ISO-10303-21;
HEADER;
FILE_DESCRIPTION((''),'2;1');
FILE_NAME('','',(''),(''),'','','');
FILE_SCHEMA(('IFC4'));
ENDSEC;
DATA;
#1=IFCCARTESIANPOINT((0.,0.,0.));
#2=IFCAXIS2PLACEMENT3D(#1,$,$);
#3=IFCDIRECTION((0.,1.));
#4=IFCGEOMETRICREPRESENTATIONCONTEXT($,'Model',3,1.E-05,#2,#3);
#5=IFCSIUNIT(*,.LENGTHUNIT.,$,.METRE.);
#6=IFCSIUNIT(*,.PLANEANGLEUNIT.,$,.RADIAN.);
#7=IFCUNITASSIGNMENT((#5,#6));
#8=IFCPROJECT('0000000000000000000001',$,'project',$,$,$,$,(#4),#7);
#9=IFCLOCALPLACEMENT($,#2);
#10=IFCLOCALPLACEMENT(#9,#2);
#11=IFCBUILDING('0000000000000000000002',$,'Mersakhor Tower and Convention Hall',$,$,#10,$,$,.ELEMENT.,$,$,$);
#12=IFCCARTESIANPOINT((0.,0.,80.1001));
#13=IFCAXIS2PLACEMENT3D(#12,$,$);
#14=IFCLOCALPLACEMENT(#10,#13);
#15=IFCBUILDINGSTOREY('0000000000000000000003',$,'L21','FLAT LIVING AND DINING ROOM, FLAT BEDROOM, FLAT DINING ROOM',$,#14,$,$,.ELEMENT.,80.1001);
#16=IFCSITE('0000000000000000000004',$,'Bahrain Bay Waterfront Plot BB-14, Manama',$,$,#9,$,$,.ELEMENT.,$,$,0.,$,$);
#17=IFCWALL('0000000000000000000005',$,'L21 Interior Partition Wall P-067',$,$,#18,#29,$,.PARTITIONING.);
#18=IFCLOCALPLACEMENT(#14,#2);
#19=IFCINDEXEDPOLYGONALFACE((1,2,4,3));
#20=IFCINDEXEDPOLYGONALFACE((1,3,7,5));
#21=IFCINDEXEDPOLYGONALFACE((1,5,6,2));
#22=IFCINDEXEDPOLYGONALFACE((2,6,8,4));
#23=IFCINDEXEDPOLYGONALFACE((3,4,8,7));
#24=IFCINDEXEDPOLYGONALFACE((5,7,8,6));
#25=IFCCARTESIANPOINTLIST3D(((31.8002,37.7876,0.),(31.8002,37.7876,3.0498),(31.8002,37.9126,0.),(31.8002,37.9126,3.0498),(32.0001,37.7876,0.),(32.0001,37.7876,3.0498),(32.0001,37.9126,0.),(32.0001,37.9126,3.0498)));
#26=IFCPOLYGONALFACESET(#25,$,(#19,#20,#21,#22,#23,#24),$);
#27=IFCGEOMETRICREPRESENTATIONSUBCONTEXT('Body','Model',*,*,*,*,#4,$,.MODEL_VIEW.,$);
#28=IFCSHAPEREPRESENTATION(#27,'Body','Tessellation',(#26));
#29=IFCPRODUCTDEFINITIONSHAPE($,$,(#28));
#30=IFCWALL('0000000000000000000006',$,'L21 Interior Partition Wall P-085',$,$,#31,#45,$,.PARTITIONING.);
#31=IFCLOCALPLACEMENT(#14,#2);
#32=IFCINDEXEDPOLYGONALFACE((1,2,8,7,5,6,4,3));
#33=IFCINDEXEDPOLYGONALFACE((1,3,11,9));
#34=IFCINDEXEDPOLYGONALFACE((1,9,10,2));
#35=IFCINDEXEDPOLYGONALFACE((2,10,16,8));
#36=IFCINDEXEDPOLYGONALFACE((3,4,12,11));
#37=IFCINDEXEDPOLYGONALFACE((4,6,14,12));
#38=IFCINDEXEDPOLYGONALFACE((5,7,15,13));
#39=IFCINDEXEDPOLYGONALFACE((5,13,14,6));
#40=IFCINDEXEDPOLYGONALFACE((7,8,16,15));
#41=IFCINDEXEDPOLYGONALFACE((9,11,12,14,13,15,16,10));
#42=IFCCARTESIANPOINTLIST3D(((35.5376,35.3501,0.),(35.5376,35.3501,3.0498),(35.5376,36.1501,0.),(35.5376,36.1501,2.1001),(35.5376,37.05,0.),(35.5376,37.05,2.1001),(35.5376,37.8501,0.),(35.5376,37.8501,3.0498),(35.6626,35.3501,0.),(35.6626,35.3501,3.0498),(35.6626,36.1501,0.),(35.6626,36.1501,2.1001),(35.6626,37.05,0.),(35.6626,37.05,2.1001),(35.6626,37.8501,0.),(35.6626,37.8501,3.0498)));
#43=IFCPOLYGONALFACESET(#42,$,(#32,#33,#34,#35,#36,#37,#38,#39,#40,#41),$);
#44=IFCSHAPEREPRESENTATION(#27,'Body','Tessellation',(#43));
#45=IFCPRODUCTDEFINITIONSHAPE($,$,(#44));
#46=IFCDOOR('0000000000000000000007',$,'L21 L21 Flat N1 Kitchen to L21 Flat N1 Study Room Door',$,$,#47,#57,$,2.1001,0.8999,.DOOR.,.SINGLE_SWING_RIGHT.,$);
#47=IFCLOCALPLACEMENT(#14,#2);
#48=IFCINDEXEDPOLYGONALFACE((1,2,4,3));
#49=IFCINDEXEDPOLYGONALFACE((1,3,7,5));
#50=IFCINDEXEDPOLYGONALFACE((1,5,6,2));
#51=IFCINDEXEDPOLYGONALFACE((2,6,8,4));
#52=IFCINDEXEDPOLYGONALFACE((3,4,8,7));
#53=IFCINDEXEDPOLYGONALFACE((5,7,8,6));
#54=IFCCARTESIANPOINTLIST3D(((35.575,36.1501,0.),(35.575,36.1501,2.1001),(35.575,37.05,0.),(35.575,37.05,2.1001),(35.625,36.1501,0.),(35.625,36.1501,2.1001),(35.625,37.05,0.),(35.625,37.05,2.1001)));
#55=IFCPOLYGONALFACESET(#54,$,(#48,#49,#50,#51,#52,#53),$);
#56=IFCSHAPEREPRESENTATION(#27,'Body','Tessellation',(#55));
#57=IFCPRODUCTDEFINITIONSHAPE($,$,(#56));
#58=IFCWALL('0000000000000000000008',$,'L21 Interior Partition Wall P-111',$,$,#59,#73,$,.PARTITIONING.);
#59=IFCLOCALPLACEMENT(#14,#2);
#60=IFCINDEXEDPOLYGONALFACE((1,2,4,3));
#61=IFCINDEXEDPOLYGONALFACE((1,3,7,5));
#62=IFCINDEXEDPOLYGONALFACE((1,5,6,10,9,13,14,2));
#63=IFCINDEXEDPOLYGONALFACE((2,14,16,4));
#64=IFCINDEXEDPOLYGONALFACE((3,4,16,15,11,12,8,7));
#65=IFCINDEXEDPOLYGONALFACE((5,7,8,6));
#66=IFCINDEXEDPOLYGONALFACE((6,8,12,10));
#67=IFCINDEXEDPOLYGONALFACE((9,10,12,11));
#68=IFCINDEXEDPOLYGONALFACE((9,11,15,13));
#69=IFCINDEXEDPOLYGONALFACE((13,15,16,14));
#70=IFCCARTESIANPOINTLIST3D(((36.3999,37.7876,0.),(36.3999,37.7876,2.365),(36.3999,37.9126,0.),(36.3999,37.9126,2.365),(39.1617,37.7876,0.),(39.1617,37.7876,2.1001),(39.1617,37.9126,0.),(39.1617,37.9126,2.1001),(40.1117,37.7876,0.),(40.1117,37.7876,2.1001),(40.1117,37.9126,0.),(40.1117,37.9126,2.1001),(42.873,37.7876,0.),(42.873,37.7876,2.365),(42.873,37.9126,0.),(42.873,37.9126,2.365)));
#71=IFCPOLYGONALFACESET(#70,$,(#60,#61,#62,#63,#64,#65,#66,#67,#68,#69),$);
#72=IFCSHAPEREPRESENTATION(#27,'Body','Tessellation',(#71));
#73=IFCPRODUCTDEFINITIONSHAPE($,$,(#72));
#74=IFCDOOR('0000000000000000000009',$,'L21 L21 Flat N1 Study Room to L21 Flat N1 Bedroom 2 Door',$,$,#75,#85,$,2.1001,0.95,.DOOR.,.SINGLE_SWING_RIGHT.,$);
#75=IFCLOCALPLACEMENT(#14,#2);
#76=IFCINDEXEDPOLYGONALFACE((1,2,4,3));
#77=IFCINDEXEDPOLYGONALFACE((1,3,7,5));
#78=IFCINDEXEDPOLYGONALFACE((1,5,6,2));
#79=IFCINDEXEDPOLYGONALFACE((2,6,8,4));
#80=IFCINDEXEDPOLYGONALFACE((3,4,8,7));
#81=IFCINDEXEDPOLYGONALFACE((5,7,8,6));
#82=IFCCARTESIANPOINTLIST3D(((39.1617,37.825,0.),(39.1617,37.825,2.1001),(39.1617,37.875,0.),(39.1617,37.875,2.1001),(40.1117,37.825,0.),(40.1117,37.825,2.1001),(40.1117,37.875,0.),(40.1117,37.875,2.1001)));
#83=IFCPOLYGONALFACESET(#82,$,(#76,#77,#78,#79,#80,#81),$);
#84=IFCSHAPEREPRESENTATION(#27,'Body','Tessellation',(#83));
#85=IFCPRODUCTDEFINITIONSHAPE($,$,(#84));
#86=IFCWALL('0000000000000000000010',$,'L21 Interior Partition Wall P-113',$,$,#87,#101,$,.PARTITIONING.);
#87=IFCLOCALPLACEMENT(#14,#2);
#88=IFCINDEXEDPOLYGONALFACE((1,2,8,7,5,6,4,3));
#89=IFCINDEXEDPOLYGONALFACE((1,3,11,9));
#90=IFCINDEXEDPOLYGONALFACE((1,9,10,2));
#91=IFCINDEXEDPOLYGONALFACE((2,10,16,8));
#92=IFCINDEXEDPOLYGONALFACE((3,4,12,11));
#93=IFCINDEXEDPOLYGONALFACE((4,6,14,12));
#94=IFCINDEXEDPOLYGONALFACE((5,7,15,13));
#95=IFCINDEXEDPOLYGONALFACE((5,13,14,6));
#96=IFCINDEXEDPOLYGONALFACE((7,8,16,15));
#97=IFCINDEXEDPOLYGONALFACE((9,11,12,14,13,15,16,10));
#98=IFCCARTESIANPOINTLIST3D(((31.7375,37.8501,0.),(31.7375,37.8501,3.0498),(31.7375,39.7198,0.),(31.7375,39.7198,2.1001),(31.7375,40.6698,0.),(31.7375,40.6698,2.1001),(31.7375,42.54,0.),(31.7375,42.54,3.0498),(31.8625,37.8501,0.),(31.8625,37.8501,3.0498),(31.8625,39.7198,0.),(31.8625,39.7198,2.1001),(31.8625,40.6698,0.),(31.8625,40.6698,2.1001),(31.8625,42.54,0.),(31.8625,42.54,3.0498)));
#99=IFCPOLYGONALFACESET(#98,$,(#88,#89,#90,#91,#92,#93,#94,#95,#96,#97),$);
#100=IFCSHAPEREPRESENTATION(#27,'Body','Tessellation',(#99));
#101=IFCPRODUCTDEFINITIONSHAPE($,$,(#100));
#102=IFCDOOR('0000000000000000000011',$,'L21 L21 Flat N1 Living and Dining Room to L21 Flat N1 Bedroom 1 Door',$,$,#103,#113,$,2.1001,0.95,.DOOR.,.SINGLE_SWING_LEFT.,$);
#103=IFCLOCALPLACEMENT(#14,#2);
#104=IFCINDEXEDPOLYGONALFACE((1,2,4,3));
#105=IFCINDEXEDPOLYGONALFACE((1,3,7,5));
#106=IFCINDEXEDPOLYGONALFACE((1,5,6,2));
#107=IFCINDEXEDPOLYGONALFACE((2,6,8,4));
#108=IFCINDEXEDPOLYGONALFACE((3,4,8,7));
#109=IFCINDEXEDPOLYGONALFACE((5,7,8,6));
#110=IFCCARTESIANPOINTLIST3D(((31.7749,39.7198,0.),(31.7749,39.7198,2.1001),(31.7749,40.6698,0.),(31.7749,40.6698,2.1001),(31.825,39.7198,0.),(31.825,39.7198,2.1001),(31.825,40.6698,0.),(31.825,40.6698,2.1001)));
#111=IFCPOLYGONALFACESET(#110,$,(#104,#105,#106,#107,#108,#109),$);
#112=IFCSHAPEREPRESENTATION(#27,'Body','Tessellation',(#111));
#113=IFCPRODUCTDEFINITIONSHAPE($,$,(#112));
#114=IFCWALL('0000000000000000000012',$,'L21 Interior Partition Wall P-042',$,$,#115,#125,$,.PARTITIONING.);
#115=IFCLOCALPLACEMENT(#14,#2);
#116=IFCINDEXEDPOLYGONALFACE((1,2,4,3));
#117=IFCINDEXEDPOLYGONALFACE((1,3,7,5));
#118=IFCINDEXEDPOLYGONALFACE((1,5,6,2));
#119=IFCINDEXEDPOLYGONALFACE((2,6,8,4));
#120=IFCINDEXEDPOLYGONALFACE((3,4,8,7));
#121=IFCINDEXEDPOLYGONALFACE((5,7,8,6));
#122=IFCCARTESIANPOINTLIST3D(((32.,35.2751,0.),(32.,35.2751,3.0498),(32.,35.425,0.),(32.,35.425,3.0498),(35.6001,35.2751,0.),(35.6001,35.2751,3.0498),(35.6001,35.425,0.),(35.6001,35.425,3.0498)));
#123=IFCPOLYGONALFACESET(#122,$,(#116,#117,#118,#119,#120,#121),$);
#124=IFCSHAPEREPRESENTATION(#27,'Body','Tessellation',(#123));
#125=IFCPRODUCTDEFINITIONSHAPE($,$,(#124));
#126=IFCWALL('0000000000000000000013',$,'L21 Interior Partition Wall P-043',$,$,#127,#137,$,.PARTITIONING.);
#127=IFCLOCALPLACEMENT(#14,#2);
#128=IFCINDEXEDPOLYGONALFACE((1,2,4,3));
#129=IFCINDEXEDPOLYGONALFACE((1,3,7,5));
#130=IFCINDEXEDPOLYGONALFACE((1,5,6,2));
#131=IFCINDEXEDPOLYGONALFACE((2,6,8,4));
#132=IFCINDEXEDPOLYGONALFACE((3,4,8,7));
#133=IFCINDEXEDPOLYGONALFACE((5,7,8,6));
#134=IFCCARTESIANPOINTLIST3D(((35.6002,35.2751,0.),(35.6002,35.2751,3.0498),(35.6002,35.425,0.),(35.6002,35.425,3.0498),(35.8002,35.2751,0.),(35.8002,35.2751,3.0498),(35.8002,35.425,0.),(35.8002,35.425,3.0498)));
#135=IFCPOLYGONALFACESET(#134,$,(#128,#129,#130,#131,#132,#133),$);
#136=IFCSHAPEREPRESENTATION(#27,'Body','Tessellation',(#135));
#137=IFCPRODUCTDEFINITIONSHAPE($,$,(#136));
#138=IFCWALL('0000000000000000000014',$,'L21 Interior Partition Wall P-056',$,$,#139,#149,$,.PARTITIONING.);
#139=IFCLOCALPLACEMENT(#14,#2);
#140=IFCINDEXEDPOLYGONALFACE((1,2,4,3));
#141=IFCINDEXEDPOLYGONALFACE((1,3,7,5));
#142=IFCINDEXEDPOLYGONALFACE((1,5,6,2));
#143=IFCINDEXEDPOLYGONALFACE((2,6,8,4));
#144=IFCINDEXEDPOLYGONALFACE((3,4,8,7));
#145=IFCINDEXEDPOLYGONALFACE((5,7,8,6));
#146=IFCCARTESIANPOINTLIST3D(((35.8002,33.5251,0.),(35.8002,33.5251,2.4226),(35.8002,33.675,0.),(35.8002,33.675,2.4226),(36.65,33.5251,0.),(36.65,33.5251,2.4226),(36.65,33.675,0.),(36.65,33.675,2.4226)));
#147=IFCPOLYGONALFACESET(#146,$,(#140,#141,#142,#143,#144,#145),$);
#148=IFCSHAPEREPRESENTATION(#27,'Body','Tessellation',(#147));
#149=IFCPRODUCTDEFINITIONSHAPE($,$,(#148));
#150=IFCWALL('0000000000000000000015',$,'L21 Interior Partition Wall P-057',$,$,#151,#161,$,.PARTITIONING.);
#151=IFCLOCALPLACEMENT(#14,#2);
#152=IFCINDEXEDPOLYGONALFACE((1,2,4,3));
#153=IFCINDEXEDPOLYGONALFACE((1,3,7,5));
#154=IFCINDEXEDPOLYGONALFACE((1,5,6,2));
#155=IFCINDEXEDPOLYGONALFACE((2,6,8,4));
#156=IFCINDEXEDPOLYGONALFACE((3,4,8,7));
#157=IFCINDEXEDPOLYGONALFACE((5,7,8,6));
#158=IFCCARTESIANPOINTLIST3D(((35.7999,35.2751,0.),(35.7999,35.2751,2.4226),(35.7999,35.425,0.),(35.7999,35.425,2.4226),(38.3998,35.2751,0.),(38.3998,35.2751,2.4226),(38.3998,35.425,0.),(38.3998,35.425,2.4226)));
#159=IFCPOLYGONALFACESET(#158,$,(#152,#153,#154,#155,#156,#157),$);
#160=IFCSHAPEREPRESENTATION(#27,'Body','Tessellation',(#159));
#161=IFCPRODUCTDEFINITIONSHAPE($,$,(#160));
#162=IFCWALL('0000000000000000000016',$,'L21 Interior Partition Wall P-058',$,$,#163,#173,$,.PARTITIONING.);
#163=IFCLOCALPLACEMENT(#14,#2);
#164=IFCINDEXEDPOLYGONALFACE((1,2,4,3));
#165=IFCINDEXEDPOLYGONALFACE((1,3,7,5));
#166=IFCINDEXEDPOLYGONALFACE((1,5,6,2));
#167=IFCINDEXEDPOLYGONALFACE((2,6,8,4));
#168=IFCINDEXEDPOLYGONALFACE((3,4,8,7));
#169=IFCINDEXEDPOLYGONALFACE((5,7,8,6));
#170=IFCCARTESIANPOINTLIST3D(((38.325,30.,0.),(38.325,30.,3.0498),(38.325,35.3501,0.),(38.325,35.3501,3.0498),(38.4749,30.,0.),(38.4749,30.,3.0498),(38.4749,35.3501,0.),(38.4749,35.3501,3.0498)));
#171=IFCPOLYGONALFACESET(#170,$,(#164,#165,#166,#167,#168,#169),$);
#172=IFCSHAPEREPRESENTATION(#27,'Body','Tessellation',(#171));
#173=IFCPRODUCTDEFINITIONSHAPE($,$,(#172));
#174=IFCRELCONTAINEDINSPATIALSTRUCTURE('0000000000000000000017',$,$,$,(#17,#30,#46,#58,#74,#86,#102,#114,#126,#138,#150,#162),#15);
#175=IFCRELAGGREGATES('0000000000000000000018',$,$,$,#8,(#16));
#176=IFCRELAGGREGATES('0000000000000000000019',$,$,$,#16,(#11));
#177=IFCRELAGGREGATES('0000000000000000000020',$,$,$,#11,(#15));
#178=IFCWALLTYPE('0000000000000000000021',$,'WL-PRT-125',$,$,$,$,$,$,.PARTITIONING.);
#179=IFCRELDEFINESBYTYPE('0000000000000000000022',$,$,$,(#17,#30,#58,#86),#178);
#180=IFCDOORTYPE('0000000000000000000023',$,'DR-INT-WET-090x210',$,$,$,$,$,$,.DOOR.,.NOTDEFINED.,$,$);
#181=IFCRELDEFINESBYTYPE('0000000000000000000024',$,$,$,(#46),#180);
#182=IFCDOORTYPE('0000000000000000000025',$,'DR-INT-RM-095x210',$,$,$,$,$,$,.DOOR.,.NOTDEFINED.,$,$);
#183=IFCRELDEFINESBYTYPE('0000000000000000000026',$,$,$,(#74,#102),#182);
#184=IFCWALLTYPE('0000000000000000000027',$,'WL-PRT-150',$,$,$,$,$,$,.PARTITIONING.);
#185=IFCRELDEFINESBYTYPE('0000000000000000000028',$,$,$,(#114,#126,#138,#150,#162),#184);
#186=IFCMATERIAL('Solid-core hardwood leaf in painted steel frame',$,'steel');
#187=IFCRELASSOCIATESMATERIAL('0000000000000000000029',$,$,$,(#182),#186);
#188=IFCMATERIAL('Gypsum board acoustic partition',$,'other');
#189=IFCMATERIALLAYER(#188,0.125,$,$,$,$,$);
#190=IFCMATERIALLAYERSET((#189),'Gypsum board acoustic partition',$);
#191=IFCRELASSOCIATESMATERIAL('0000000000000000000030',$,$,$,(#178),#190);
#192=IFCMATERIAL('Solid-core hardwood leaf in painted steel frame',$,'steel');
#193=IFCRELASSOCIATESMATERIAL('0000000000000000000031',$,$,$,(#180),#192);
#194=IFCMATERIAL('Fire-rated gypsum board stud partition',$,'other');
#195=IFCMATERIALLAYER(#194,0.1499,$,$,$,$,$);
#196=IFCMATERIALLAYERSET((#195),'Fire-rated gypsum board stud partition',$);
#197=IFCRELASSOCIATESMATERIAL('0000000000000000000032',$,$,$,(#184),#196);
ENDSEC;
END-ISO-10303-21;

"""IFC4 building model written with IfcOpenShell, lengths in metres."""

from ifc_helpers import new_model, si_unit, direction, frame, frame_2d, origin, place, context, subcontext, project, spatial, rectangle, extrude, material, layer, layer_set, type_object, element, fill, save


model = new_model("IFC4")

# Units and contexts
model_context = context("Model", 3, precision=1e-05, world=origin(), true_north=direction((0.0, 1.0)))
body_context = subcontext(model_context, "Body", "Model", "MODEL_VIEW")
ifc_project = project(units=[si_unit("LENGTHUNIT", "METRE"), si_unit("PLANEANGLEUNIT", "RADIAN")], contexts=[model_context])

# Site, building, storey
site_placement = place(None, origin())
site = spatial("IfcSite", under=ifc_project, at=site_placement, Name="Bahrain Bay Waterfront Plot BB-14, Manama", CompositionType="ELEMENT", RefElevation=0.0)
building_placement = place(site_placement, origin())
building = spatial("IfcBuilding", under=site, at=building_placement, Name="Mersakhor Tower and Convention Hall", CompositionType="ELEMENT")
storey_placement = place(building_placement, frame((0.0, 0.0, 80.1001)))
storey = spatial("IfcBuildingStorey", under=building, at=storey_placement, Name="L21", Description="FLAT LIVING AND DINING ROOM, FLAT BEDROOM, FLAT DINING ROOM", CompositionType="ELEMENT", Elevation=80.1001)

# Shared definitions
ifc_material_1 = material(Name="Solid-core hardwood leaf in painted steel frame", Category="steel")
door_type_1 = type_object("IfcDoorType", Name="DR-INT-RM-095x210", OperationType="NOTDEFINED", PredefinedType="DOOR", material=ifc_material_1)

# Wall
ifc_material_2 = material(Name="Gypsum board acoustic partition", Category="other")
ifc_layer_1 = layer(ifc_material_2, 0.125)
ifc_layer_set_1 = layer_set([ifc_layer_1], Name="Gypsum board acoustic partition")
wall_type_1 = type_object("IfcWallType", Name="WL-PRT-125", PredefinedType="PARTITIONING", material=ifc_layer_set_1)
wall_1_placement = place(storey_placement, frame((31.8, 37.8501, 0.0), z_axis=(0.0, 0.0, 1.0), x_axis=(1.0, 0.0, 0.0)))
element("IfcWall", 1, at=wall_1_placement, inside=storey, type_object=wall_type_1, Name="L21 Interior Partition Wall P-067", PredefinedType="PARTITIONING", context=body_context, shape_type="SweptSolid", body=[
    extrude(rectangle(XDim=0.2, YDim=0.125, at=frame_2d((0.1001, 0.0))), origin(), (0.0, 0.0, 1.0), 3.0498),
])

# Walls, openings, doors
wall_2_placement = place(storey_placement, frame((35.6001, 37.8501, 0.0), z_axis=(0.0, 0.0, 1.0), x_axis=(0.0, -1.0, 0.0)))
wall_2 = element("IfcWall", 2, at=wall_2_placement, inside=storey, type_object=wall_type_1, Name="L21 Interior Partition Wall P-085", PredefinedType="PARTITIONING", context=body_context, shape_type="SweptSolid", body=[
    extrude(rectangle(XDim=2.5, YDim=0.125, at=frame_2d((1.25, 0.0))), origin(), (0.0, 0.0, 1.0), 3.0498),
])
opening_1_placement = place(wall_2_placement, frame((0.8, 0.0, 0.0)))
opening_1 = element("IfcOpeningElement", 3, at=opening_1_placement, cuts=wall_2, PredefinedType="OPENING", context=body_context, shape_type="SweptSolid", body=[
    extrude(rectangle(XDim=0.8999, YDim=2.1001, at=frame_2d((0.45, 1.05))), frame((0.0, 0.0725, 0.0), z_axis=(0.0, -1.0, 0.0), x_axis=(1.0, 0.0, 0.0)), (0.0, 0.0, 1.0), 0.145),
])
ifc_material_3 = material(Name="Solid-core hardwood leaf in painted steel frame", Category="steel")
door_type_2 = type_object("IfcDoorType", Name="DR-INT-WET-090x210", OperationType="NOTDEFINED", PredefinedType="DOOR", material=ifc_material_3)
door_1_placement = place(opening_1_placement, origin())
door_1 = element("IfcDoor", 4, at=door_1_placement, inside=storey, type_object=door_type_2, Name="L21 L21 Flat N1 Kitchen to L21 Flat N1 Study Room Door", OperationType="SINGLE_SWING_RIGHT", OverallHeight=2.1001, OverallWidth=0.8999, PredefinedType="DOOR", context=body_context, shape_type="SweptSolid", body=[
    extrude(rectangle(XDim=0.8999, YDim=2.1001, at=frame_2d((0.45, 1.05))), frame((0.0, 0.0249, 0.0), z_axis=(0.0, -1.0, 0.0), x_axis=(1.0, 0.0, 0.0)), (0.0, 0.0, 1.0), 0.05),
])
fill(opening_1, door_1)
wall_3_placement = place(storey_placement, frame((36.3999, 37.8501, 0.0), z_axis=(0.0, 0.0, 1.0), x_axis=(1.0, 0.0, 0.0)))
wall_3 = element("IfcWall", 5, at=wall_3_placement, inside=storey, type_object=wall_type_1, Name="L21 Interior Partition Wall P-111", PredefinedType="PARTITIONING", context=body_context, shape_type="SweptSolid", body=[
    extrude(rectangle(XDim=6.4731, YDim=0.125, at=frame_2d((3.2366, 0.0))), origin(), (0.0, 0.0, 1.0), 2.365),
])
opening_2_placement = place(wall_3_placement, frame((2.7617, 0.0, 0.0)))
opening_2 = element("IfcOpeningElement", 6, at=opening_2_placement, cuts=wall_3, PredefinedType="OPENING", context=body_context, shape_type="SweptSolid", body=[
    extrude(rectangle(XDim=0.95, YDim=2.1001, at=frame_2d((0.4751, 1.05))), frame((0.0, 0.0725, 0.0), z_axis=(0.0, -1.0, 0.0), x_axis=(1.0, 0.0, 0.0)), (0.0, 0.0, 1.0), 0.145),
])
door_2_placement = place(opening_2_placement, origin())
door_2 = element("IfcDoor", 7, at=door_2_placement, inside=storey, type_object=door_type_1, Name="L21 L21 Flat N1 Study Room to L21 Flat N1 Bedroom 2 Door", OperationType="SINGLE_SWING_RIGHT", OverallHeight=2.1001, OverallWidth=0.95, PredefinedType="DOOR", context=body_context, shape_type="SweptSolid", body=[
    extrude(rectangle(XDim=0.95, YDim=2.1001, at=frame_2d((0.4751, 1.05))), frame((0.0, 0.0249, 0.0), z_axis=(0.0, -1.0, 0.0), x_axis=(1.0, 0.0, 0.0)), (0.0, 0.0, 1.0), 0.05),
])
fill(opening_2, door_2)
wall_4_placement = place(storey_placement, frame((31.8, 42.54, 0.0), z_axis=(0.0, 0.0, 1.0), x_axis=(0.0, -1.0, 0.0)))
wall_4 = element("IfcWall", 8, at=wall_4_placement, inside=storey, type_object=wall_type_1, Name="L21 Interior Partition Wall P-113", PredefinedType="PARTITIONING", context=body_context, shape_type="SweptSolid", body=[
    extrude(rectangle(XDim=4.6899, YDim=0.125, at=frame_2d((2.345, 0.0))), origin(), (0.0, 0.0, 1.0), 3.0498),
])
opening_3_placement = place(wall_4_placement, frame((1.8701, 0.0, 0.0)))
opening_3 = element("IfcOpeningElement", 9, at=opening_3_placement, cuts=wall_4, PredefinedType="OPENING", context=body_context, shape_type="SweptSolid", body=[
    extrude(rectangle(XDim=0.95, YDim=2.1001, at=frame_2d((0.4751, 1.05))), frame((0.0, 0.0725, 0.0), z_axis=(0.0, -1.0, 0.0), x_axis=(1.0, 0.0, 0.0)), (0.0, 0.0, 1.0), 0.145),
])
door_3_placement = place(opening_3_placement, origin())
door_3 = element("IfcDoor", 10, at=door_3_placement, inside=storey, type_object=door_type_1, Name="L21 L21 Flat N1 Living and Dining Room to L21 Flat N1 Bedroom 1 Door", OperationType="SINGLE_SWING_LEFT", OverallHeight=2.1001, OverallWidth=0.95, PredefinedType="DOOR", context=body_context, shape_type="SweptSolid", body=[
    extrude(rectangle(XDim=0.95, YDim=2.1001, at=frame_2d((0.4751, 1.05))), frame((0.0, 0.0249, 0.0), z_axis=(0.0, -1.0, 0.0), x_axis=(1.0, 0.0, 0.0)), (0.0, 0.0, 1.0), 0.05),
])
fill(opening_3, door_3)

# Walls
ifc_material_4 = material(Name="Fire-rated gypsum board stud partition", Category="other")
ifc_layer_2 = layer(ifc_material_4, 0.1499)
ifc_layer_set_2 = layer_set([ifc_layer_2], Name="Fire-rated gypsum board stud partition")
wall_type_2 = type_object("IfcWallType", Name="WL-PRT-150", PredefinedType="PARTITIONING", material=ifc_layer_set_2)
wall_5_placement = place(storey_placement, frame((32.0, 35.3501, 0.0), z_axis=(0.0, 0.0, 1.0), x_axis=(1.0, 0.0, 0.0)))
element("IfcWall", 11, at=wall_5_placement, inside=storey, type_object=wall_type_2, Name="L21 Interior Partition Wall P-042", PredefinedType="PARTITIONING", context=body_context, shape_type="SweptSolid", body=[
    extrude(rectangle(XDim=3.6001, YDim=0.1499, at=frame_2d((1.8, 0.0))), origin(), (0.0, 0.0, 1.0), 3.0498),
])
wall_6_placement = place(storey_placement, frame((35.6001, 35.3501, 0.0), z_axis=(0.0, 0.0, 1.0), x_axis=(1.0, 0.0, 0.0)))
element("IfcWall", 12, at=wall_6_placement, inside=storey, type_object=wall_type_2, Name="L21 Interior Partition Wall P-043", PredefinedType="PARTITIONING", context=body_context, shape_type="SweptSolid", body=[
    extrude(rectangle(XDim=0.2, YDim=0.1499, at=frame_2d((0.1001, 0.0))), origin(), (0.0, 0.0, 1.0), 3.0498),
])

# Walls
wall_7_placement = place(storey_placement, frame((36.6499, 33.6001, 0.0), z_axis=(0.0, 0.0, 1.0), x_axis=(-1.0, 0.0, 0.0)))
element("IfcWall", 13, at=wall_7_placement, inside=storey, type_object=wall_type_2, Name="L21 Interior Partition Wall P-056", PredefinedType="PARTITIONING", context=body_context, shape_type="SweptSolid", body=[
    extrude(rectangle(XDim=0.8499, YDim=0.1499, at=frame_2d((0.4248, 0.0))), origin(), (0.0, 0.0, 1.0), 2.4226),
])
wall_8_placement = place(storey_placement, frame((35.8, 35.3501, 0.0), z_axis=(0.0, 0.0, 1.0), x_axis=(1.0, 0.0, 0.0)))
element("IfcWall", 14, at=wall_8_placement, inside=storey, type_object=wall_type_2, Name="L21 Interior Partition Wall P-057", PredefinedType="PARTITIONING", context=body_context, shape_type="SweptSolid", body=[
    extrude(rectangle(XDim=2.5999, YDim=0.1499, at=frame_2d((1.2998, 0.0))), origin(), (0.0, 0.0, 1.0), 2.4226),
])
wall_9_placement = place(storey_placement, frame((38.3999, 35.3501, 0.0), z_axis=(0.0, 0.0, 1.0), x_axis=(0.0, -1.0, 0.0)))
element("IfcWall", 15, at=wall_9_placement, inside=storey, type_object=wall_type_2, Name="L21 Interior Partition Wall P-058", PredefinedType="PARTITIONING", context=body_context, shape_type="SweptSolid", body=[
    extrude(rectangle(XDim=5.3501, YDim=0.1499, at=frame_2d((2.675, 0.0))), origin(), (0.0, 0.0, 1.0), 3.0498),
])

save(model, "model.ifc")
